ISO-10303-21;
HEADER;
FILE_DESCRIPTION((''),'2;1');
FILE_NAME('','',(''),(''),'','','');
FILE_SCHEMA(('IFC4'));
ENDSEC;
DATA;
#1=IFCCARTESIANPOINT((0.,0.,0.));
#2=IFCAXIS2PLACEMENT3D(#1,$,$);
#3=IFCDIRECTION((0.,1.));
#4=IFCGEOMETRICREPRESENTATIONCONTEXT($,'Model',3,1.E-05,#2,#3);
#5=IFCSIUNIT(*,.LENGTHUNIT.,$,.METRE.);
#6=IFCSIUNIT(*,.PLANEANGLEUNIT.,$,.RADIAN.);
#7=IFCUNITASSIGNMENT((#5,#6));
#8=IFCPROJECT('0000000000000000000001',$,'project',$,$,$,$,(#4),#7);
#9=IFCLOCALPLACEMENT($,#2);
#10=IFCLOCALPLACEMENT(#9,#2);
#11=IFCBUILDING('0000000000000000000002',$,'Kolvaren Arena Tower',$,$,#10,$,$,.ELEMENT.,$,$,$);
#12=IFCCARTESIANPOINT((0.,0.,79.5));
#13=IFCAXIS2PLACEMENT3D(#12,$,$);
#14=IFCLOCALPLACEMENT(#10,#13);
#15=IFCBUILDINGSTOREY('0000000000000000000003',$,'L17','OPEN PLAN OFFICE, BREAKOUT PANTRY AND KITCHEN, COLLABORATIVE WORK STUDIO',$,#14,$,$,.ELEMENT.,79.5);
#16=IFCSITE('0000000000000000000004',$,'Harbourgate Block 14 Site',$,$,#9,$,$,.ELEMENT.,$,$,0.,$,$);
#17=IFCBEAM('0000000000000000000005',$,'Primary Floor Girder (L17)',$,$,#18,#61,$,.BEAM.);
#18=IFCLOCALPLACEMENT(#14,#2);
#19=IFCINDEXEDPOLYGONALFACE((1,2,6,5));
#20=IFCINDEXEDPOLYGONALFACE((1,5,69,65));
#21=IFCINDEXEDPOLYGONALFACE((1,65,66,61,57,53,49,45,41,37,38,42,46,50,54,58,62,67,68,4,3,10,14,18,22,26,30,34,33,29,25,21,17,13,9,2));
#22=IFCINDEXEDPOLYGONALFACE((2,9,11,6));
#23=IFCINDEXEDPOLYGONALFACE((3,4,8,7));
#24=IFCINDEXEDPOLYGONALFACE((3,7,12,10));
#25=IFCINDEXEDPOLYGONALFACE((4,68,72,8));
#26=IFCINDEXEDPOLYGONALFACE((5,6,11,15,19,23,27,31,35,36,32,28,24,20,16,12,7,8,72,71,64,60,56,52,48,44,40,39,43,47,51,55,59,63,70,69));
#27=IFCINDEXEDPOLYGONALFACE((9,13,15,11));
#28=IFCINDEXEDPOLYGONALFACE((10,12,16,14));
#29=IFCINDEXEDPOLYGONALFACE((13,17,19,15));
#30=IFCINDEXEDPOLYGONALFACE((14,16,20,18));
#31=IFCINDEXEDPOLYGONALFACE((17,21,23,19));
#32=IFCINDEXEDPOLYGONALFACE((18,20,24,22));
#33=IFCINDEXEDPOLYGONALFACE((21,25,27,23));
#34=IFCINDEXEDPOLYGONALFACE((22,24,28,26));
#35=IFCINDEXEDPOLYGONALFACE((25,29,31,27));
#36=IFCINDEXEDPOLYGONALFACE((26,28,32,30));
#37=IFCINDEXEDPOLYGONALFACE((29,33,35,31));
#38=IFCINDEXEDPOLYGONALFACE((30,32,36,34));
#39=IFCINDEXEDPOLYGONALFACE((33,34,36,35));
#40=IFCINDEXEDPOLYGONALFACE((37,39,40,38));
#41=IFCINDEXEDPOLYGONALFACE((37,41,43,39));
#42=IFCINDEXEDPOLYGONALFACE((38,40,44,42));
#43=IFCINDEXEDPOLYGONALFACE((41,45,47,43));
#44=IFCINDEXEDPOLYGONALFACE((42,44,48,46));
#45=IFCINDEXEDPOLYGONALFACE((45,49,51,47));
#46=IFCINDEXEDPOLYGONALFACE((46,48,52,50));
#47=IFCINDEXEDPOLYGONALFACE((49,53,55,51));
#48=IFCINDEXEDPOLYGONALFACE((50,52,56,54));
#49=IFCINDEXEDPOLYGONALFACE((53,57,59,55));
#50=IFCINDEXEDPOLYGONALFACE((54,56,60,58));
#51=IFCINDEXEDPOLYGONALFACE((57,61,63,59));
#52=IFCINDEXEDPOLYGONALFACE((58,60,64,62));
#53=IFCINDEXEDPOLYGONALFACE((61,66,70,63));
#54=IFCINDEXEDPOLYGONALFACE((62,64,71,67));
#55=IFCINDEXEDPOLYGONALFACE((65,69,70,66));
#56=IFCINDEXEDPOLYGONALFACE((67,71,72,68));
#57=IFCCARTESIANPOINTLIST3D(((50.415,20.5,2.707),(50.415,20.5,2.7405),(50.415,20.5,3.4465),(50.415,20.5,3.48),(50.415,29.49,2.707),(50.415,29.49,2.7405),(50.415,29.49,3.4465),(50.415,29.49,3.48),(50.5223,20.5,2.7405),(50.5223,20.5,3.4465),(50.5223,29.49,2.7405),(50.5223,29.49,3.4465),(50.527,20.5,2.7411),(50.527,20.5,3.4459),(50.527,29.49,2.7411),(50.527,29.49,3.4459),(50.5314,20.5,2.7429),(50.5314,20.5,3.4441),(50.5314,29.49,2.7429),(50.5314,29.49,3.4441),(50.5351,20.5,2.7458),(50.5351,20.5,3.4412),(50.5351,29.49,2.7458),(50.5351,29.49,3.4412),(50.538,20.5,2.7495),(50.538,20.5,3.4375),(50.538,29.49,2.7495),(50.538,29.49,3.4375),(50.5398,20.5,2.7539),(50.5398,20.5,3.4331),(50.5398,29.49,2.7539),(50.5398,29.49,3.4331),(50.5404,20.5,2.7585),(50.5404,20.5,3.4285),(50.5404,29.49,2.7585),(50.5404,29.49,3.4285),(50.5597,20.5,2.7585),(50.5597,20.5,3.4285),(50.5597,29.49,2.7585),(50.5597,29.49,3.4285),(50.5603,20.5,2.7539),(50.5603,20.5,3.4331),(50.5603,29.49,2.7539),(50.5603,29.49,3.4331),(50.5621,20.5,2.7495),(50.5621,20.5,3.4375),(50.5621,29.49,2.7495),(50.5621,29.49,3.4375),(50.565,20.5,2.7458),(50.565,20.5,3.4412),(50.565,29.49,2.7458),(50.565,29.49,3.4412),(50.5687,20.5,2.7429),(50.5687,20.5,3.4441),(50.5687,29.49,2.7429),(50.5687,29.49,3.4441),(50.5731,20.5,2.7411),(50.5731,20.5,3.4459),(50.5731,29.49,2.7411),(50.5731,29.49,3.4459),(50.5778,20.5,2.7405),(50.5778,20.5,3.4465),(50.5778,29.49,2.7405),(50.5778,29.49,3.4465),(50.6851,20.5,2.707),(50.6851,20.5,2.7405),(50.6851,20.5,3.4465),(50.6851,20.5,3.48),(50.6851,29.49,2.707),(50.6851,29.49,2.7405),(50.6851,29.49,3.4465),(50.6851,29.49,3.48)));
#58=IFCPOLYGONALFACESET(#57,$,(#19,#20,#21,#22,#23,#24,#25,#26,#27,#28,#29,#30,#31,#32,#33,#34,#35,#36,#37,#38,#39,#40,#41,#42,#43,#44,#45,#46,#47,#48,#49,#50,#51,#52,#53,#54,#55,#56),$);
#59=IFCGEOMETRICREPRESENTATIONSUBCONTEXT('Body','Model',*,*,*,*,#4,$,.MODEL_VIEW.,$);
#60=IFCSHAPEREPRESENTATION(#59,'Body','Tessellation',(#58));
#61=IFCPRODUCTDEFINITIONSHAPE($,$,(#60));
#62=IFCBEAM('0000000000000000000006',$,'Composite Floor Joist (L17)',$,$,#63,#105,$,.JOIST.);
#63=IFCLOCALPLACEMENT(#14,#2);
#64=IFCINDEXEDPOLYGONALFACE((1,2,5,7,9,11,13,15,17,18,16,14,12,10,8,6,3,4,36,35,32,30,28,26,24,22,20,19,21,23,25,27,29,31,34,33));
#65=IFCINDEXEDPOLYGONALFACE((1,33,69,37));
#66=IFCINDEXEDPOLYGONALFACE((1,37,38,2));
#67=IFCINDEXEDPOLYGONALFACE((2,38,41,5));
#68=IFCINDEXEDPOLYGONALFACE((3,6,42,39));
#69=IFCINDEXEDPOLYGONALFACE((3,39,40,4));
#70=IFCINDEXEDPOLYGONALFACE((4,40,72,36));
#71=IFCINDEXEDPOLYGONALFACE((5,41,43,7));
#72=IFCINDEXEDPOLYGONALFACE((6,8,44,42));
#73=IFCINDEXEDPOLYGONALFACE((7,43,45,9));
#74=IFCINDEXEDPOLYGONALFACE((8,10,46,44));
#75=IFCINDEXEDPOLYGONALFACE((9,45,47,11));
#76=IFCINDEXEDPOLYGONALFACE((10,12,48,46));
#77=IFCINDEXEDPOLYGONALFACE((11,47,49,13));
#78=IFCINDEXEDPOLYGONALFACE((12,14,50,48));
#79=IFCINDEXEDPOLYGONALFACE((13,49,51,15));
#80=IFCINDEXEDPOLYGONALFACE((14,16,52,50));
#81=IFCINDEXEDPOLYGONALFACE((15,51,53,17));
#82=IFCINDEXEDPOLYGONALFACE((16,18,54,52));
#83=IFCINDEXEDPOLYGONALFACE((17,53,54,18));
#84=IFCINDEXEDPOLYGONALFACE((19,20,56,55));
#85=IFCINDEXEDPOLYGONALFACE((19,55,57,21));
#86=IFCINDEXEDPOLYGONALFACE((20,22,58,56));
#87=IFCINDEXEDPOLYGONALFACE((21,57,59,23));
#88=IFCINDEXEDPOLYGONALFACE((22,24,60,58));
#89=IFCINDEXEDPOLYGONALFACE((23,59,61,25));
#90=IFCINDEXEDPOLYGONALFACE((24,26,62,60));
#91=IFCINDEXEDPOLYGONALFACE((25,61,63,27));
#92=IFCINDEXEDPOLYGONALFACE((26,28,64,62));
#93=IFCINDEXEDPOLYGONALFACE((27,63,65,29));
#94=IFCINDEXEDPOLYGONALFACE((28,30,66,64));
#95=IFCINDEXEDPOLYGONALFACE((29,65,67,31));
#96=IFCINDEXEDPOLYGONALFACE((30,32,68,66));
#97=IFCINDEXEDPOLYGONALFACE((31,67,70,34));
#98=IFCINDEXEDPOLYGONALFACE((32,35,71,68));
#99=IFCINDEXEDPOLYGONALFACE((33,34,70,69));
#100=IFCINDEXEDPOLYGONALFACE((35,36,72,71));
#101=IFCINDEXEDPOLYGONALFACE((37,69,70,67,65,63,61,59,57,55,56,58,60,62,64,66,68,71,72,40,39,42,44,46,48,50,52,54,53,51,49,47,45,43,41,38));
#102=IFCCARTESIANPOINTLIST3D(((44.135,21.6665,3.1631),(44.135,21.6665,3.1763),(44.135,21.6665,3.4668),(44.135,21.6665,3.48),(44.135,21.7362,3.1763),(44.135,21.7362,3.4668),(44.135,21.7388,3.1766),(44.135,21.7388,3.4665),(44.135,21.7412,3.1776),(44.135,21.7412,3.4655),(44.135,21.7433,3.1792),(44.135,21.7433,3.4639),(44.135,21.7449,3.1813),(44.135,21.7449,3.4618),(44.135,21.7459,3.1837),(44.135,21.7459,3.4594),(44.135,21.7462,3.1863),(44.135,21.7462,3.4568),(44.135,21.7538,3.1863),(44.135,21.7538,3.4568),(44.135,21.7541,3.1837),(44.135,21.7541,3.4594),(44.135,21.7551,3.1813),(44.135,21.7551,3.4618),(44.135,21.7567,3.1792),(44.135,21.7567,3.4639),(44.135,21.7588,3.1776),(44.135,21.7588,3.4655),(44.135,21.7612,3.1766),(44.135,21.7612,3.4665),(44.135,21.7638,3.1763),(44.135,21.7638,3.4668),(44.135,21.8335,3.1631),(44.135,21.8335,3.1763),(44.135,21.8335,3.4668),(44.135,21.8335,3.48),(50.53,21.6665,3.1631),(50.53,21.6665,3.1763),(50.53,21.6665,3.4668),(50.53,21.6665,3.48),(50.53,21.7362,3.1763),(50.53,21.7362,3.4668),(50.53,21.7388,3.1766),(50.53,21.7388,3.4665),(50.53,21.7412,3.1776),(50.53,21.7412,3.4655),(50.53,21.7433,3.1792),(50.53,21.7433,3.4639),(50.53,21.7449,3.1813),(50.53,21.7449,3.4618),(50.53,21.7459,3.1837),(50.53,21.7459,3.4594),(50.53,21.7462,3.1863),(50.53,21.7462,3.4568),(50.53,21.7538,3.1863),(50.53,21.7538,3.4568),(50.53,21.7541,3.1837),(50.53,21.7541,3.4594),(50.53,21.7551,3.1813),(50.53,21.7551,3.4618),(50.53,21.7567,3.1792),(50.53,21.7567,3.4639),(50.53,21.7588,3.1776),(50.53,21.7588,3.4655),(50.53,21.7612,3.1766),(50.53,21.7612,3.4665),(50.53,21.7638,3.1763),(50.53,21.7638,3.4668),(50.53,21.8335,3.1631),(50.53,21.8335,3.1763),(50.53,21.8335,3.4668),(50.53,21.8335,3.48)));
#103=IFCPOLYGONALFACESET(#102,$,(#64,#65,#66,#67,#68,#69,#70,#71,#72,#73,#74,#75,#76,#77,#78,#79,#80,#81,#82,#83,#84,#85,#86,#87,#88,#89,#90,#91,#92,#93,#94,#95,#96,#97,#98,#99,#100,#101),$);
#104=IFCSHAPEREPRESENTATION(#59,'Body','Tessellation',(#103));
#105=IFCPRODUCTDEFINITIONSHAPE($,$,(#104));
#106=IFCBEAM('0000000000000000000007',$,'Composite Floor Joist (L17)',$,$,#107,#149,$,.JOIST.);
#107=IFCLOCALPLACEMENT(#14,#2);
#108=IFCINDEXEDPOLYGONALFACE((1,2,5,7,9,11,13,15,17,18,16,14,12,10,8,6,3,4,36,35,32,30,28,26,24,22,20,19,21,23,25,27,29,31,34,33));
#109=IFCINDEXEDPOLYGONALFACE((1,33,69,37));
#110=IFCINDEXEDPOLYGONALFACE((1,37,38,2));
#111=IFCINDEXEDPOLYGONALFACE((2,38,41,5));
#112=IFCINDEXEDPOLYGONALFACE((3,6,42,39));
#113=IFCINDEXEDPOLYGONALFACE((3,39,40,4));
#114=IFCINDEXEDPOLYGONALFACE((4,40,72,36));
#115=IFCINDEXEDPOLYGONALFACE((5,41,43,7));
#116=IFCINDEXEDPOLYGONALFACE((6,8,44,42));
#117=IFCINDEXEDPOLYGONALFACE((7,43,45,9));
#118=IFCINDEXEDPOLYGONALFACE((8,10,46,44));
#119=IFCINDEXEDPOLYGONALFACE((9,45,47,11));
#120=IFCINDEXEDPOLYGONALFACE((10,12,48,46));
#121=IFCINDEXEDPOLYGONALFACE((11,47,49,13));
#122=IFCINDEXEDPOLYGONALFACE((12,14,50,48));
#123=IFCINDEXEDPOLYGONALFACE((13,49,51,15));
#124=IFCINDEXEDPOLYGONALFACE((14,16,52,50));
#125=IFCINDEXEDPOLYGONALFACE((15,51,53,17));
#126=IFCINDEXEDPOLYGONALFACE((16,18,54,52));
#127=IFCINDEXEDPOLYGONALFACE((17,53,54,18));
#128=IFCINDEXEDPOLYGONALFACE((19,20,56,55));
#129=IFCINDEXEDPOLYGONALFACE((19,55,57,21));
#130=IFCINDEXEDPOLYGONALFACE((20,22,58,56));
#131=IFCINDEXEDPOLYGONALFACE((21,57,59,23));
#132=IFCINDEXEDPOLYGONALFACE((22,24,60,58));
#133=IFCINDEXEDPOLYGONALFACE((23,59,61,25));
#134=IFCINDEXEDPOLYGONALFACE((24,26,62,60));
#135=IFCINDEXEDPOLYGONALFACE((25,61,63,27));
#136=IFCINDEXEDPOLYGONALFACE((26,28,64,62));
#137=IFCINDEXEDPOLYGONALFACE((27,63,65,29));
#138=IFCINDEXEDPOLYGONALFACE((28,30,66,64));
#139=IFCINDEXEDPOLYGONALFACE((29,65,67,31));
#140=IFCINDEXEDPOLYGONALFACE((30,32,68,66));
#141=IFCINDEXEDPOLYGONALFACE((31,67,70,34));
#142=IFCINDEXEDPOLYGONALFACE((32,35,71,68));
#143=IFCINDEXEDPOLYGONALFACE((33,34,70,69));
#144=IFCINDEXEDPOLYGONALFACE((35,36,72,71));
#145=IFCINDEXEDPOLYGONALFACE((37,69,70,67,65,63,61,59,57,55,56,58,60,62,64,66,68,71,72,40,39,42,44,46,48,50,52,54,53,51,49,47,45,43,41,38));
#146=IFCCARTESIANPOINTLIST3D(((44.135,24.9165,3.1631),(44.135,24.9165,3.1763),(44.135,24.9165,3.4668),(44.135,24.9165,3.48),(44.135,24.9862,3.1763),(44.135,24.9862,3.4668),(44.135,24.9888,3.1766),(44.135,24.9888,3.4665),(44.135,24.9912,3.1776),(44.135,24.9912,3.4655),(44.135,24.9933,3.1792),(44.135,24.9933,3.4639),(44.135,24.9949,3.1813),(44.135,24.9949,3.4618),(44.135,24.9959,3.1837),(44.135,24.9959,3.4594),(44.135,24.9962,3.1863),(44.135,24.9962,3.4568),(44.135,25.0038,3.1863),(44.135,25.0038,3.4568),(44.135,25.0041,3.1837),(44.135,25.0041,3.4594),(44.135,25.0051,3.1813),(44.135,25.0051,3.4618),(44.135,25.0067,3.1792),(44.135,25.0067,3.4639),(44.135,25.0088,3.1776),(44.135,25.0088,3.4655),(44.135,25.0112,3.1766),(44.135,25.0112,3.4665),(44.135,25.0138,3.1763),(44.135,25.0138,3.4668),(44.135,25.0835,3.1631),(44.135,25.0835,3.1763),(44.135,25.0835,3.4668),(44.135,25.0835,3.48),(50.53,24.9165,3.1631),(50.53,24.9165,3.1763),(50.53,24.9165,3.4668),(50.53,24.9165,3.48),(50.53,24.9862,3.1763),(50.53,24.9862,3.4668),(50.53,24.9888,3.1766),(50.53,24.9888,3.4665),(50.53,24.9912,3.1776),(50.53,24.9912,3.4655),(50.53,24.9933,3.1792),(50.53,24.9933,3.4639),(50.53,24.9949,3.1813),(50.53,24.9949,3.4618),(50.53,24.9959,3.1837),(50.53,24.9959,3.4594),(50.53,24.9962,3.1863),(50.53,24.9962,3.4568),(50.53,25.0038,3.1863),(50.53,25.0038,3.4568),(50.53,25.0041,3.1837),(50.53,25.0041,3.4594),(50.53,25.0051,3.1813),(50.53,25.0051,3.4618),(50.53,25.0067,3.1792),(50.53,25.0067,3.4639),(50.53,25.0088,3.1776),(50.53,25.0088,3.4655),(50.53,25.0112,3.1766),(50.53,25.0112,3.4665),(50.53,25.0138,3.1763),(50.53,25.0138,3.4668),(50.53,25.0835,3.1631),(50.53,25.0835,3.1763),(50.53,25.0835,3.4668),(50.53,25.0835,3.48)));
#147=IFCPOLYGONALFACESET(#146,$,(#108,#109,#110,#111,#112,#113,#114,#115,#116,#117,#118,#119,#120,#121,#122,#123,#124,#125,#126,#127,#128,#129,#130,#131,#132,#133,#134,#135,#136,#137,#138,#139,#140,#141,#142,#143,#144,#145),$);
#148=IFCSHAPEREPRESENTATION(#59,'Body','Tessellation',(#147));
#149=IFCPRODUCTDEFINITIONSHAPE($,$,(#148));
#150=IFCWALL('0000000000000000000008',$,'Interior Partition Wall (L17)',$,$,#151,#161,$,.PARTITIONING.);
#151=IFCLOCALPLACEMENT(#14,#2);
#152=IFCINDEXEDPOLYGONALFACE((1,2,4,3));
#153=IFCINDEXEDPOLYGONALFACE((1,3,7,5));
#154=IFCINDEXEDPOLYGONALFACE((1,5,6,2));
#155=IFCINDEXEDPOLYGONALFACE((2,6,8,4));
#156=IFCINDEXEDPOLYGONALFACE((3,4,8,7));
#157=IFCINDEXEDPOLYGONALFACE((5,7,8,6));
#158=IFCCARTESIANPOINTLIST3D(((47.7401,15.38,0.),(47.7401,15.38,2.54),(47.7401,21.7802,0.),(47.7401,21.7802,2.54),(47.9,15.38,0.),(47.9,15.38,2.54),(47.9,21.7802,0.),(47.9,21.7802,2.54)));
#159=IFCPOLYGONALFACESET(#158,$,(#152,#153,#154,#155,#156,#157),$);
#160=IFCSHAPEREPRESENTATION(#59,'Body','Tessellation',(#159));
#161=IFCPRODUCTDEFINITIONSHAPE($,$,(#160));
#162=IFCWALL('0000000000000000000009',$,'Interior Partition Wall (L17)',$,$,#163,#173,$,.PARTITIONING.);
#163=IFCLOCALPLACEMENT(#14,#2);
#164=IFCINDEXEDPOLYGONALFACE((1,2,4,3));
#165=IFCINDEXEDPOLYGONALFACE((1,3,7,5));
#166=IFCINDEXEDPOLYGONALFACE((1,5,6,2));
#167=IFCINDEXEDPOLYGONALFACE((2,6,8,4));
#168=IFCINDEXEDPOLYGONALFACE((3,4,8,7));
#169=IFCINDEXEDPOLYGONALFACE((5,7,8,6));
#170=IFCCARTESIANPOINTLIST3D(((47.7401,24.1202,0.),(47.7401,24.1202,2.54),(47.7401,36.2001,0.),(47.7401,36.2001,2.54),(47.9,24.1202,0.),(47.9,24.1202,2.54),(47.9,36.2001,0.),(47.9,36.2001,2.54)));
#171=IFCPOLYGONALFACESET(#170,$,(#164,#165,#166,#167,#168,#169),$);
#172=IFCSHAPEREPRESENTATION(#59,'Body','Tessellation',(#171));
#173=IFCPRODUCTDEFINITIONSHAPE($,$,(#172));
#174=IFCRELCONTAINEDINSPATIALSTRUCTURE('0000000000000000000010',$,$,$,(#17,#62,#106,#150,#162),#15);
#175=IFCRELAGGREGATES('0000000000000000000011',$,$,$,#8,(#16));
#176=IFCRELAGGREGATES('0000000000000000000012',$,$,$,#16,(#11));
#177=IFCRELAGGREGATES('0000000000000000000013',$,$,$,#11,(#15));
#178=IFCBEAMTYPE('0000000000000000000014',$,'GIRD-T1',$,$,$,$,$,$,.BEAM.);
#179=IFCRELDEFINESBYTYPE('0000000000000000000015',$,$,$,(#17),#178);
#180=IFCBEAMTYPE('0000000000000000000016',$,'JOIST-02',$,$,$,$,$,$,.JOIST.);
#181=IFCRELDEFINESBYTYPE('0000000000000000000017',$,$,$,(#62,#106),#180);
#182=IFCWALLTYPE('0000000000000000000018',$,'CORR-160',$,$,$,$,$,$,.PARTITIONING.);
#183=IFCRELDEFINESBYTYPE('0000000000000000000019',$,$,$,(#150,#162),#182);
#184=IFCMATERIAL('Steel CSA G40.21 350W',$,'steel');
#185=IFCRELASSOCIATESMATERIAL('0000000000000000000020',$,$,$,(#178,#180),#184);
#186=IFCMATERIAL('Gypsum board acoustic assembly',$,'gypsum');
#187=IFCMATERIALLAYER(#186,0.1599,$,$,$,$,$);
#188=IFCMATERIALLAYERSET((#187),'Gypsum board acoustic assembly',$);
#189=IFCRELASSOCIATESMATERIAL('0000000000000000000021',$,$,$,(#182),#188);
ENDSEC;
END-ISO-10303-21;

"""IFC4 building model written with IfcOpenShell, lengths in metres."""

from ifc_helpers import new_model, si_unit, direction, frame, frame_2d, origin, origin_2d, place, context, subcontext, project, spatial, rectangle, i_section, extrude, material, layer, layer_set, material_profile, profile_set, type_object, element, save


model = new_model("IFC4")

# Units and contexts
model_context = context("Model", 3, precision=1e-05, world=origin(), true_north=direction((0.0, 1.0)))
body_context = subcontext(model_context, "Body", "Model", "MODEL_VIEW")
ifc_project = project(units=[si_unit("LENGTHUNIT", "METRE"), si_unit("PLANEANGLEUNIT", "RADIAN")], contexts=[model_context])

# Site, building, storey
site_placement = place(None, origin())
site = spatial("IfcSite", under=ifc_project, at=site_placement, Name="Harbourgate Block 14 Site", CompositionType="ELEMENT", RefElevation=0.0)
building_placement = place(site_placement, origin())
building = spatial("IfcBuilding", under=site, at=building_placement, Name="Kolvaren Arena Tower", CompositionType="ELEMENT")
storey_placement = place(building_placement, frame((0.0, 0.0, 79.5)))
storey = spatial("IfcBuildingStorey", under=building, at=storey_placement, Name="L17", Description="OPEN PLAN OFFICE, BREAKOUT PANTRY AND KITCHEN, COLLABORATIVE WORK STUDIO", CompositionType="ELEMENT", Elevation=79.5)

# Beams
ifc_material_1 = material(Name="Steel CSA G40.21 350W", Category="steel")
ifc_material_profile_1 = material_profile(ifc_material_1, i_section(OverallWidth=0.27, OverallDepth=0.7729, WebThickness=0.0193, FlangeThickness=0.0334, FilletRadius=0.0181, at=origin_2d()), Name="W760x257")
ifc_profile_set_1 = profile_set([ifc_material_profile_1], Name="Steel CSA G40.21 350W")
beam_type_1 = type_object("IfcBeamType", Name="GIRD-T1", PredefinedType="BEAM", material=ifc_profile_set_1)
beam_1_placement = place(storey_placement, frame((50.55, 20.5, 3.0935), z_axis=(0.0, 1.0, 0.0), x_axis=(-1.0, 0.0, 0.0)))
element("IfcBeam", 1, at=beam_1_placement, inside=storey, type_object=beam_type_1, Name="Primary Floor Girder (L17)", PredefinedType="BEAM", context=body_context, shape_type="SweptSolid", body=[
    extrude(i_section(OverallWidth=0.27, OverallDepth=0.7729, WebThickness=0.0193, FlangeThickness=0.0334, FilletRadius=0.0181, at=origin_2d()), origin(), (0.0, 0.0, 1.0), 8.99),
])
ifc_material_profile_2 = material_profile(ifc_material_1, i_section(OverallWidth=0.167, OverallDepth=0.3169, WebThickness=0.0076, FlangeThickness=0.0132, FilletRadius=0.01, at=origin_2d()), Name="W310x52")
ifc_profile_set_2 = profile_set([ifc_material_profile_2], Name="Steel CSA G40.21 350W")
beam_type_2 = type_object("IfcBeamType", Name="JOIST-02", PredefinedType="JOIST", material=ifc_profile_set_2)
for number, where, z_axis, x_axis, name in (
    (2, (44.135, 21.75, 3.3215), (1.0, 0.0, 0.0), (0.0, 1.0, 0.0), "Composite Floor Joist (L17)"),
    (3, (44.135, 25.0, 3.3215), (1.0, 0.0, 0.0), (0.0, 1.0, 0.0), "Composite Floor Joist (L17)"),
):
    element("IfcBeam", number, at=place(storey_placement, frame(where, z_axis=z_axis, x_axis=x_axis)), inside=storey, type_object=beam_type_2, Name=name, PredefinedType="JOIST", context=body_context, shape_type="SweptSolid", body=[
        extrude(i_section(OverallWidth=0.167, OverallDepth=0.3169, WebThickness=0.0076, FlangeThickness=0.0132, FilletRadius=0.01, at=origin_2d()), origin(), (0.0, 0.0, 1.0), 6.395),
    ])

# Shared definitions
ifc_material_2 = material(Name="Gypsum board acoustic assembly", Category="gypsum")
ifc_layer_1 = layer(ifc_material_2, 0.1599)
ifc_layer_set_1 = layer_set([ifc_layer_1], Name="Gypsum board acoustic assembly")
wall_type_1 = type_object("IfcWallType", Name="CORR-160", PredefinedType="PARTITIONING", material=ifc_layer_set_1)

# Walls
wall_1_placement = place(storey_placement, frame((47.8201, 15.3799, 0.0), z_axis=(0.0, 0.0, 1.0), x_axis=(0.0, 1.0, 0.0)))
element("IfcWall", 4, at=wall_1_placement, inside=storey, type_object=wall_type_1, Name="Interior Partition Wall (L17)", PredefinedType="PARTITIONING", context=body_context, shape_type="SweptSolid", body=[
    extrude(rectangle(XDim=6.4001, YDim=0.1599, at=frame_2d((3.2002, 0.0))), origin(), (0.0, 0.0, 1.0), 2.54),
])
wall_2_placement = place(storey_placement, frame((47.8201, 24.1201, 0.0), z_axis=(0.0, 0.0, 1.0), x_axis=(0.0, 1.0, 0.0)))
element("IfcWall", 5, at=wall_2_placement, inside=storey, type_object=wall_type_1, Name="Interior Partition Wall (L17)", PredefinedType="PARTITIONING", context=body_context, shape_type="SweptSolid", body=[
    extrude(rectangle(XDim=12.0798, YDim=0.1599, at=frame_2d((6.04, 0.0))), origin(), (0.0, 0.0, 1.0), 2.54),
])

save(model, "model.ifc")
